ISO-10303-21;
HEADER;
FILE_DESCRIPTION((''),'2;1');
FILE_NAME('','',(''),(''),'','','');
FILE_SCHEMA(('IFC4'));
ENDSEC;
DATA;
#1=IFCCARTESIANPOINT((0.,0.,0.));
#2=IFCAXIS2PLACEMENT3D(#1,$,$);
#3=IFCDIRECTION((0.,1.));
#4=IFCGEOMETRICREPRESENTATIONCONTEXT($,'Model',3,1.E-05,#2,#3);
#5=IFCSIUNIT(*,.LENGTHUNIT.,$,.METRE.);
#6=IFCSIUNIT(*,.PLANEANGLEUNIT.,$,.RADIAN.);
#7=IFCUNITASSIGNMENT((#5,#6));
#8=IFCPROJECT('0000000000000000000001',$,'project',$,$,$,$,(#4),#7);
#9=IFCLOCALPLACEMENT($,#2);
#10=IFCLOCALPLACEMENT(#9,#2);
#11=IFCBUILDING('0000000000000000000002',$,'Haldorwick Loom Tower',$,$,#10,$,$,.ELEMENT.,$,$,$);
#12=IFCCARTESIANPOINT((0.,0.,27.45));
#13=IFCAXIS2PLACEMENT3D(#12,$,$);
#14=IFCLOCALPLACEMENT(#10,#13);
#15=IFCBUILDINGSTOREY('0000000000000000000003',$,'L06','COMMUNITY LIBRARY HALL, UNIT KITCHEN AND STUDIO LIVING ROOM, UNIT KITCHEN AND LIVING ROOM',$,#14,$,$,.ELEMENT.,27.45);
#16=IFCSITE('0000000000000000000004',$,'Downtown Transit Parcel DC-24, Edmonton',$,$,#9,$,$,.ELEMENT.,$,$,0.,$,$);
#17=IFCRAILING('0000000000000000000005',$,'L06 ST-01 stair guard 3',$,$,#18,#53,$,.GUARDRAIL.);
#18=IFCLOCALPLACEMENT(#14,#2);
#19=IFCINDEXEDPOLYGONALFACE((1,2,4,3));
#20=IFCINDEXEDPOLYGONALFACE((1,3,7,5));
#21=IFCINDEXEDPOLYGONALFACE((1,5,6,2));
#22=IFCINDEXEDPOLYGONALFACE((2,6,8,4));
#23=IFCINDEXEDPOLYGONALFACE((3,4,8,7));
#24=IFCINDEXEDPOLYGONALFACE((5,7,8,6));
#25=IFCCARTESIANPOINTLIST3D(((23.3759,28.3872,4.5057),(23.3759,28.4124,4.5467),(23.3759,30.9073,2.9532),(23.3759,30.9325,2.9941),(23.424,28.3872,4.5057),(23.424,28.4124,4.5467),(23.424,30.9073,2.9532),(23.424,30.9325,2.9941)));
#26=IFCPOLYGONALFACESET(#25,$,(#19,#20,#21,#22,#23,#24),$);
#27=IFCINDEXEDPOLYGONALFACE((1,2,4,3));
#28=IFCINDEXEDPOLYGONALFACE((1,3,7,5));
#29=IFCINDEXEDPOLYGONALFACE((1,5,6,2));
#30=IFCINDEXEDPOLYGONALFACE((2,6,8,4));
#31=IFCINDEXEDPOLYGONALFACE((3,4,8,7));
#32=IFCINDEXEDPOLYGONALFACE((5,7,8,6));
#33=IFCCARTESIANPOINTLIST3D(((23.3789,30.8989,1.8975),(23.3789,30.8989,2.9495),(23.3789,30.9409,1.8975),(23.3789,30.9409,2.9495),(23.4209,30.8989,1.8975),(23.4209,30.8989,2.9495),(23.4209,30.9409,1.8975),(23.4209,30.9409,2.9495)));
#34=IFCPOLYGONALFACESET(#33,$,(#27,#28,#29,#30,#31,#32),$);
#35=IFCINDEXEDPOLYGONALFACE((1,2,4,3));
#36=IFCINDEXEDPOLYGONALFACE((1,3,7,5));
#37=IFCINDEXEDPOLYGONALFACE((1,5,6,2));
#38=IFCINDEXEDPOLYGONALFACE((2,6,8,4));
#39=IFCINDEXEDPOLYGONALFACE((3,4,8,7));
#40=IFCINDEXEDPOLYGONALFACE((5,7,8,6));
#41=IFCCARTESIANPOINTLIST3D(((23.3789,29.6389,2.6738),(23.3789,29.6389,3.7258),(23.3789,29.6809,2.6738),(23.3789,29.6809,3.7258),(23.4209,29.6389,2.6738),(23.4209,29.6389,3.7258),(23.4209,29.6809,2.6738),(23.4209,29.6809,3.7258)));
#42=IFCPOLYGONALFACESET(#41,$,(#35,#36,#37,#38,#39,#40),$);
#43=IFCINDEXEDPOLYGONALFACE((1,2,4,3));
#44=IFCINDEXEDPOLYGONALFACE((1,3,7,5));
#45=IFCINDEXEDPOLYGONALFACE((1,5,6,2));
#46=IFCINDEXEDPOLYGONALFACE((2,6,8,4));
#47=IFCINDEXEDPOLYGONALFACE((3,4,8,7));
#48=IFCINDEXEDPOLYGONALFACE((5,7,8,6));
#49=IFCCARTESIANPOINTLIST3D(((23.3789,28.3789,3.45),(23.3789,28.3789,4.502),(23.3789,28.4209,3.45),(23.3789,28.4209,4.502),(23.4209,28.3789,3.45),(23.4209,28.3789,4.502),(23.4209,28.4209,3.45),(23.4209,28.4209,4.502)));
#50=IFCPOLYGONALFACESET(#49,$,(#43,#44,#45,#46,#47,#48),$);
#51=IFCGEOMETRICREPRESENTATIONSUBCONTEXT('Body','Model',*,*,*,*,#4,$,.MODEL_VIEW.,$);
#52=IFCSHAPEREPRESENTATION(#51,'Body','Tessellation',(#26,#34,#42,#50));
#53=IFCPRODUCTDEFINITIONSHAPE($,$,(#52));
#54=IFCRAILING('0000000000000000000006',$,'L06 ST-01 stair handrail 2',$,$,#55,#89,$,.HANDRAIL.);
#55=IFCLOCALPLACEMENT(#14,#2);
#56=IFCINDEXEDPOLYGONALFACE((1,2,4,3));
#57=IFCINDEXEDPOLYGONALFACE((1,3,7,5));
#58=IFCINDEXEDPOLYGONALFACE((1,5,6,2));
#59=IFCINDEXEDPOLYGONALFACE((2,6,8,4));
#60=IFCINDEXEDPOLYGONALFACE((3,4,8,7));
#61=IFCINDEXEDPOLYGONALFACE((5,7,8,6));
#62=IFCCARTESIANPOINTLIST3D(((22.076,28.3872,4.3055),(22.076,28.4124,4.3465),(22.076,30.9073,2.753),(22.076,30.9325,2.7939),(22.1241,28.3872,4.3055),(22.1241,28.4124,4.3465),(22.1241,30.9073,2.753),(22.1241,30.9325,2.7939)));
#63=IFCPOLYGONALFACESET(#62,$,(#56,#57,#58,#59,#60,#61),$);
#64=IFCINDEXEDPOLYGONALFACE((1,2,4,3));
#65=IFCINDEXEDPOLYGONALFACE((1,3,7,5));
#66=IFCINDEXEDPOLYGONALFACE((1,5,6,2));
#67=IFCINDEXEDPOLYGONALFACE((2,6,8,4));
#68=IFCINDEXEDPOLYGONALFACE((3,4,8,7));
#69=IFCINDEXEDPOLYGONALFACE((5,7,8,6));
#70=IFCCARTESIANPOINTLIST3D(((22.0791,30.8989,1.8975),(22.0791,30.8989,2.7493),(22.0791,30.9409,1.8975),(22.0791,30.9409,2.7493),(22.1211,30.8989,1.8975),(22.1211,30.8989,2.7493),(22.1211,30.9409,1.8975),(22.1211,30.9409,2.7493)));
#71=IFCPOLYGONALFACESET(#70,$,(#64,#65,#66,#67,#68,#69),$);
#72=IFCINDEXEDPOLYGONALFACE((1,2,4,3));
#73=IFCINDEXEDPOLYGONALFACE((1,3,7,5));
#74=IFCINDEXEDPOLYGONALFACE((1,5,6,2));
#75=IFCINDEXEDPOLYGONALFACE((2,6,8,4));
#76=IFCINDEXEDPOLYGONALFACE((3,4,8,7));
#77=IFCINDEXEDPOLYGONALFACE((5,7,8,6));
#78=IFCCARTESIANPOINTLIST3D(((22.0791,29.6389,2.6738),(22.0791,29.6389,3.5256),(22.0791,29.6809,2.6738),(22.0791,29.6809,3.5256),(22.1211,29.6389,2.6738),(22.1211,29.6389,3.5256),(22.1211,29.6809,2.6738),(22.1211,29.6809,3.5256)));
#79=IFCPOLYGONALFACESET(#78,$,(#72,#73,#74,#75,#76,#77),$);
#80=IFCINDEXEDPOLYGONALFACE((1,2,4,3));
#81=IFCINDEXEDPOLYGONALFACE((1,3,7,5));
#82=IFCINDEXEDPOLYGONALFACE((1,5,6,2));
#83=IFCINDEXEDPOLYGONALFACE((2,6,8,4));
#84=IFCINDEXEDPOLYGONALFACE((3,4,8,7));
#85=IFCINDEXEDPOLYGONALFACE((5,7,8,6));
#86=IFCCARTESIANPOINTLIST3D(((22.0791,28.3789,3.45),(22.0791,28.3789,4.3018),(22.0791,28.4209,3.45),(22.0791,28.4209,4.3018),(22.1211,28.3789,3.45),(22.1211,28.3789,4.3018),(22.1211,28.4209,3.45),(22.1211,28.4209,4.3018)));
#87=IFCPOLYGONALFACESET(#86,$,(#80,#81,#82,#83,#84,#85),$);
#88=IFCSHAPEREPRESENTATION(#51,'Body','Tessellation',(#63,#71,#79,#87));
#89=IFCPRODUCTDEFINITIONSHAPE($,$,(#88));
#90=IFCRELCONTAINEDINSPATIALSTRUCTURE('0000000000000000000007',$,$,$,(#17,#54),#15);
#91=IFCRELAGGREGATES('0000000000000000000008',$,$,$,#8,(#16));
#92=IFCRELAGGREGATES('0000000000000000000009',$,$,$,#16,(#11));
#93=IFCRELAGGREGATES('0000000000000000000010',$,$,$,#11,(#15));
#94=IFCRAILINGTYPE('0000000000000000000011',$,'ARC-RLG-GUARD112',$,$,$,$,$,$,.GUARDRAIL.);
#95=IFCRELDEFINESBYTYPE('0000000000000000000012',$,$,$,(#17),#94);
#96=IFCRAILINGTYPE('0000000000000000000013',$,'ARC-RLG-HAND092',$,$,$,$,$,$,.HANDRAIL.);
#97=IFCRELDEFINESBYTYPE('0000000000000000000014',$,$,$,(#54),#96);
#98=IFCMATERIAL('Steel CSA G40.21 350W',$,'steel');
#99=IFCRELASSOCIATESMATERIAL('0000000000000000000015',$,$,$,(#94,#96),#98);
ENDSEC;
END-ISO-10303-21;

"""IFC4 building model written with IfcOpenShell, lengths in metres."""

from ifc_helpers import new_model, si_unit, direction, frame, origin, origin_2d, place, context, subcontext, project, spatial, rectangle, extrude, material, type_object, element, save


model = new_model("IFC4")

# Units and contexts
model_context = context("Model", 3, precision=1e-05, world=origin(), true_north=direction((0.0, 1.0)))
body_context = subcontext(model_context, "Body", "Model", "MODEL_VIEW")
ifc_project = project(units=[si_unit("LENGTHUNIT", "METRE"), si_unit("PLANEANGLEUNIT", "RADIAN")], contexts=[model_context])

# Site, building, storey
site_placement = place(None, origin())
site = spatial("IfcSite", under=ifc_project, at=site_placement, Name="Downtown Transit Parcel DC-24, Edmonton", CompositionType="ELEMENT", RefElevation=0.0)
building_placement = place(site_placement, origin())
building = spatial("IfcBuilding", under=site, at=building_placement, Name="Haldorwick Loom Tower", CompositionType="ELEMENT")
storey_placement = place(building_placement, frame((0.0, 0.0, 27.45)))
storey = spatial("IfcBuildingStorey", under=building, at=storey_placement, Name="L06", Description="COMMUNITY LIBRARY HALL, UNIT KITCHEN AND STUDIO LIVING ROOM, UNIT KITCHEN AND LIVING ROOM", CompositionType="ELEMENT", Elevation=27.45)

# Shared definitions
ifc_material_1 = material(Name="Steel CSA G40.21 350W", Category="steel")

# Railings
railing_type_1 = type_object("IfcRailingType", Name="ARC-RLG-GUARD112", PredefinedType="GUARDRAIL", material=ifc_material_1)
railing_1_placement = place(storey_placement, frame((23.3999, 30.9199, 1.8975)))
element("IfcRailing", 1, at=railing_1_placement, inside=storey, type_object=railing_type_1, Name="L06 ST-01 stair guard 3", PredefinedType="GUARDRAIL", context=body_context, shape_type="SweptSolid", body=[
    extrude(rectangle(XDim=0.0481, YDim=0.0481, at=origin_2d()), frame((0.0, 0.0, 1.0762), z_axis=(0.0, -0.8514, 0.524516), x_axis=(1.0, 0.0, 0.0)), (0.0, 0.0, 1.0), 2.96),
    extrude(rectangle(XDim=0.042, YDim=0.042, at=origin_2d()), origin(), (0.0, 0.0, 1.0), 1.052),
    extrude(rectangle(XDim=0.042, YDim=0.042, at=origin_2d()), frame((0.0, -1.26, 0.7764)), (0.0, 0.0, 1.0), 1.052),
    extrude(rectangle(XDim=0.042, YDim=0.042, at=origin_2d()), frame((0.0, -2.52, 1.5525)), (0.0, 0.0, 1.0), 1.052),
])
railing_type_2 = type_object("IfcRailingType", Name="ARC-RLG-HAND092", PredefinedType="HANDRAIL", material=ifc_material_1)
railing_2_placement = place(storey_placement, frame((22.1001, 30.9199, 1.8975)))
element("IfcRailing", 2, at=railing_2_placement, inside=storey, type_object=railing_type_2, Name="L06 ST-01 stair handrail 2", PredefinedType="HANDRAIL", context=body_context, shape_type="SweptSolid", body=[
    extrude(rectangle(XDim=0.0481, YDim=0.0481, at=origin_2d()), frame((0.0, 0.0, 0.876), z_axis=(0.0, -0.8514, 0.524516), x_axis=(1.0, 0.0, 0.0)), (0.0, 0.0, 1.0), 2.96),
    extrude(rectangle(XDim=0.042, YDim=0.042, at=origin_2d()), origin(), (0.0, 0.0, 1.0), 0.8518),
    extrude(rectangle(XDim=0.042, YDim=0.042, at=origin_2d()), frame((0.0, -1.26, 0.7764)), (0.0, 0.0, 1.0), 0.8518),
    extrude(rectangle(XDim=0.042, YDim=0.042, at=origin_2d()), frame((0.0, -2.52, 1.5525)), (0.0, 0.0, 1.0), 0.8518),
])

save(model, "model.ifc")
